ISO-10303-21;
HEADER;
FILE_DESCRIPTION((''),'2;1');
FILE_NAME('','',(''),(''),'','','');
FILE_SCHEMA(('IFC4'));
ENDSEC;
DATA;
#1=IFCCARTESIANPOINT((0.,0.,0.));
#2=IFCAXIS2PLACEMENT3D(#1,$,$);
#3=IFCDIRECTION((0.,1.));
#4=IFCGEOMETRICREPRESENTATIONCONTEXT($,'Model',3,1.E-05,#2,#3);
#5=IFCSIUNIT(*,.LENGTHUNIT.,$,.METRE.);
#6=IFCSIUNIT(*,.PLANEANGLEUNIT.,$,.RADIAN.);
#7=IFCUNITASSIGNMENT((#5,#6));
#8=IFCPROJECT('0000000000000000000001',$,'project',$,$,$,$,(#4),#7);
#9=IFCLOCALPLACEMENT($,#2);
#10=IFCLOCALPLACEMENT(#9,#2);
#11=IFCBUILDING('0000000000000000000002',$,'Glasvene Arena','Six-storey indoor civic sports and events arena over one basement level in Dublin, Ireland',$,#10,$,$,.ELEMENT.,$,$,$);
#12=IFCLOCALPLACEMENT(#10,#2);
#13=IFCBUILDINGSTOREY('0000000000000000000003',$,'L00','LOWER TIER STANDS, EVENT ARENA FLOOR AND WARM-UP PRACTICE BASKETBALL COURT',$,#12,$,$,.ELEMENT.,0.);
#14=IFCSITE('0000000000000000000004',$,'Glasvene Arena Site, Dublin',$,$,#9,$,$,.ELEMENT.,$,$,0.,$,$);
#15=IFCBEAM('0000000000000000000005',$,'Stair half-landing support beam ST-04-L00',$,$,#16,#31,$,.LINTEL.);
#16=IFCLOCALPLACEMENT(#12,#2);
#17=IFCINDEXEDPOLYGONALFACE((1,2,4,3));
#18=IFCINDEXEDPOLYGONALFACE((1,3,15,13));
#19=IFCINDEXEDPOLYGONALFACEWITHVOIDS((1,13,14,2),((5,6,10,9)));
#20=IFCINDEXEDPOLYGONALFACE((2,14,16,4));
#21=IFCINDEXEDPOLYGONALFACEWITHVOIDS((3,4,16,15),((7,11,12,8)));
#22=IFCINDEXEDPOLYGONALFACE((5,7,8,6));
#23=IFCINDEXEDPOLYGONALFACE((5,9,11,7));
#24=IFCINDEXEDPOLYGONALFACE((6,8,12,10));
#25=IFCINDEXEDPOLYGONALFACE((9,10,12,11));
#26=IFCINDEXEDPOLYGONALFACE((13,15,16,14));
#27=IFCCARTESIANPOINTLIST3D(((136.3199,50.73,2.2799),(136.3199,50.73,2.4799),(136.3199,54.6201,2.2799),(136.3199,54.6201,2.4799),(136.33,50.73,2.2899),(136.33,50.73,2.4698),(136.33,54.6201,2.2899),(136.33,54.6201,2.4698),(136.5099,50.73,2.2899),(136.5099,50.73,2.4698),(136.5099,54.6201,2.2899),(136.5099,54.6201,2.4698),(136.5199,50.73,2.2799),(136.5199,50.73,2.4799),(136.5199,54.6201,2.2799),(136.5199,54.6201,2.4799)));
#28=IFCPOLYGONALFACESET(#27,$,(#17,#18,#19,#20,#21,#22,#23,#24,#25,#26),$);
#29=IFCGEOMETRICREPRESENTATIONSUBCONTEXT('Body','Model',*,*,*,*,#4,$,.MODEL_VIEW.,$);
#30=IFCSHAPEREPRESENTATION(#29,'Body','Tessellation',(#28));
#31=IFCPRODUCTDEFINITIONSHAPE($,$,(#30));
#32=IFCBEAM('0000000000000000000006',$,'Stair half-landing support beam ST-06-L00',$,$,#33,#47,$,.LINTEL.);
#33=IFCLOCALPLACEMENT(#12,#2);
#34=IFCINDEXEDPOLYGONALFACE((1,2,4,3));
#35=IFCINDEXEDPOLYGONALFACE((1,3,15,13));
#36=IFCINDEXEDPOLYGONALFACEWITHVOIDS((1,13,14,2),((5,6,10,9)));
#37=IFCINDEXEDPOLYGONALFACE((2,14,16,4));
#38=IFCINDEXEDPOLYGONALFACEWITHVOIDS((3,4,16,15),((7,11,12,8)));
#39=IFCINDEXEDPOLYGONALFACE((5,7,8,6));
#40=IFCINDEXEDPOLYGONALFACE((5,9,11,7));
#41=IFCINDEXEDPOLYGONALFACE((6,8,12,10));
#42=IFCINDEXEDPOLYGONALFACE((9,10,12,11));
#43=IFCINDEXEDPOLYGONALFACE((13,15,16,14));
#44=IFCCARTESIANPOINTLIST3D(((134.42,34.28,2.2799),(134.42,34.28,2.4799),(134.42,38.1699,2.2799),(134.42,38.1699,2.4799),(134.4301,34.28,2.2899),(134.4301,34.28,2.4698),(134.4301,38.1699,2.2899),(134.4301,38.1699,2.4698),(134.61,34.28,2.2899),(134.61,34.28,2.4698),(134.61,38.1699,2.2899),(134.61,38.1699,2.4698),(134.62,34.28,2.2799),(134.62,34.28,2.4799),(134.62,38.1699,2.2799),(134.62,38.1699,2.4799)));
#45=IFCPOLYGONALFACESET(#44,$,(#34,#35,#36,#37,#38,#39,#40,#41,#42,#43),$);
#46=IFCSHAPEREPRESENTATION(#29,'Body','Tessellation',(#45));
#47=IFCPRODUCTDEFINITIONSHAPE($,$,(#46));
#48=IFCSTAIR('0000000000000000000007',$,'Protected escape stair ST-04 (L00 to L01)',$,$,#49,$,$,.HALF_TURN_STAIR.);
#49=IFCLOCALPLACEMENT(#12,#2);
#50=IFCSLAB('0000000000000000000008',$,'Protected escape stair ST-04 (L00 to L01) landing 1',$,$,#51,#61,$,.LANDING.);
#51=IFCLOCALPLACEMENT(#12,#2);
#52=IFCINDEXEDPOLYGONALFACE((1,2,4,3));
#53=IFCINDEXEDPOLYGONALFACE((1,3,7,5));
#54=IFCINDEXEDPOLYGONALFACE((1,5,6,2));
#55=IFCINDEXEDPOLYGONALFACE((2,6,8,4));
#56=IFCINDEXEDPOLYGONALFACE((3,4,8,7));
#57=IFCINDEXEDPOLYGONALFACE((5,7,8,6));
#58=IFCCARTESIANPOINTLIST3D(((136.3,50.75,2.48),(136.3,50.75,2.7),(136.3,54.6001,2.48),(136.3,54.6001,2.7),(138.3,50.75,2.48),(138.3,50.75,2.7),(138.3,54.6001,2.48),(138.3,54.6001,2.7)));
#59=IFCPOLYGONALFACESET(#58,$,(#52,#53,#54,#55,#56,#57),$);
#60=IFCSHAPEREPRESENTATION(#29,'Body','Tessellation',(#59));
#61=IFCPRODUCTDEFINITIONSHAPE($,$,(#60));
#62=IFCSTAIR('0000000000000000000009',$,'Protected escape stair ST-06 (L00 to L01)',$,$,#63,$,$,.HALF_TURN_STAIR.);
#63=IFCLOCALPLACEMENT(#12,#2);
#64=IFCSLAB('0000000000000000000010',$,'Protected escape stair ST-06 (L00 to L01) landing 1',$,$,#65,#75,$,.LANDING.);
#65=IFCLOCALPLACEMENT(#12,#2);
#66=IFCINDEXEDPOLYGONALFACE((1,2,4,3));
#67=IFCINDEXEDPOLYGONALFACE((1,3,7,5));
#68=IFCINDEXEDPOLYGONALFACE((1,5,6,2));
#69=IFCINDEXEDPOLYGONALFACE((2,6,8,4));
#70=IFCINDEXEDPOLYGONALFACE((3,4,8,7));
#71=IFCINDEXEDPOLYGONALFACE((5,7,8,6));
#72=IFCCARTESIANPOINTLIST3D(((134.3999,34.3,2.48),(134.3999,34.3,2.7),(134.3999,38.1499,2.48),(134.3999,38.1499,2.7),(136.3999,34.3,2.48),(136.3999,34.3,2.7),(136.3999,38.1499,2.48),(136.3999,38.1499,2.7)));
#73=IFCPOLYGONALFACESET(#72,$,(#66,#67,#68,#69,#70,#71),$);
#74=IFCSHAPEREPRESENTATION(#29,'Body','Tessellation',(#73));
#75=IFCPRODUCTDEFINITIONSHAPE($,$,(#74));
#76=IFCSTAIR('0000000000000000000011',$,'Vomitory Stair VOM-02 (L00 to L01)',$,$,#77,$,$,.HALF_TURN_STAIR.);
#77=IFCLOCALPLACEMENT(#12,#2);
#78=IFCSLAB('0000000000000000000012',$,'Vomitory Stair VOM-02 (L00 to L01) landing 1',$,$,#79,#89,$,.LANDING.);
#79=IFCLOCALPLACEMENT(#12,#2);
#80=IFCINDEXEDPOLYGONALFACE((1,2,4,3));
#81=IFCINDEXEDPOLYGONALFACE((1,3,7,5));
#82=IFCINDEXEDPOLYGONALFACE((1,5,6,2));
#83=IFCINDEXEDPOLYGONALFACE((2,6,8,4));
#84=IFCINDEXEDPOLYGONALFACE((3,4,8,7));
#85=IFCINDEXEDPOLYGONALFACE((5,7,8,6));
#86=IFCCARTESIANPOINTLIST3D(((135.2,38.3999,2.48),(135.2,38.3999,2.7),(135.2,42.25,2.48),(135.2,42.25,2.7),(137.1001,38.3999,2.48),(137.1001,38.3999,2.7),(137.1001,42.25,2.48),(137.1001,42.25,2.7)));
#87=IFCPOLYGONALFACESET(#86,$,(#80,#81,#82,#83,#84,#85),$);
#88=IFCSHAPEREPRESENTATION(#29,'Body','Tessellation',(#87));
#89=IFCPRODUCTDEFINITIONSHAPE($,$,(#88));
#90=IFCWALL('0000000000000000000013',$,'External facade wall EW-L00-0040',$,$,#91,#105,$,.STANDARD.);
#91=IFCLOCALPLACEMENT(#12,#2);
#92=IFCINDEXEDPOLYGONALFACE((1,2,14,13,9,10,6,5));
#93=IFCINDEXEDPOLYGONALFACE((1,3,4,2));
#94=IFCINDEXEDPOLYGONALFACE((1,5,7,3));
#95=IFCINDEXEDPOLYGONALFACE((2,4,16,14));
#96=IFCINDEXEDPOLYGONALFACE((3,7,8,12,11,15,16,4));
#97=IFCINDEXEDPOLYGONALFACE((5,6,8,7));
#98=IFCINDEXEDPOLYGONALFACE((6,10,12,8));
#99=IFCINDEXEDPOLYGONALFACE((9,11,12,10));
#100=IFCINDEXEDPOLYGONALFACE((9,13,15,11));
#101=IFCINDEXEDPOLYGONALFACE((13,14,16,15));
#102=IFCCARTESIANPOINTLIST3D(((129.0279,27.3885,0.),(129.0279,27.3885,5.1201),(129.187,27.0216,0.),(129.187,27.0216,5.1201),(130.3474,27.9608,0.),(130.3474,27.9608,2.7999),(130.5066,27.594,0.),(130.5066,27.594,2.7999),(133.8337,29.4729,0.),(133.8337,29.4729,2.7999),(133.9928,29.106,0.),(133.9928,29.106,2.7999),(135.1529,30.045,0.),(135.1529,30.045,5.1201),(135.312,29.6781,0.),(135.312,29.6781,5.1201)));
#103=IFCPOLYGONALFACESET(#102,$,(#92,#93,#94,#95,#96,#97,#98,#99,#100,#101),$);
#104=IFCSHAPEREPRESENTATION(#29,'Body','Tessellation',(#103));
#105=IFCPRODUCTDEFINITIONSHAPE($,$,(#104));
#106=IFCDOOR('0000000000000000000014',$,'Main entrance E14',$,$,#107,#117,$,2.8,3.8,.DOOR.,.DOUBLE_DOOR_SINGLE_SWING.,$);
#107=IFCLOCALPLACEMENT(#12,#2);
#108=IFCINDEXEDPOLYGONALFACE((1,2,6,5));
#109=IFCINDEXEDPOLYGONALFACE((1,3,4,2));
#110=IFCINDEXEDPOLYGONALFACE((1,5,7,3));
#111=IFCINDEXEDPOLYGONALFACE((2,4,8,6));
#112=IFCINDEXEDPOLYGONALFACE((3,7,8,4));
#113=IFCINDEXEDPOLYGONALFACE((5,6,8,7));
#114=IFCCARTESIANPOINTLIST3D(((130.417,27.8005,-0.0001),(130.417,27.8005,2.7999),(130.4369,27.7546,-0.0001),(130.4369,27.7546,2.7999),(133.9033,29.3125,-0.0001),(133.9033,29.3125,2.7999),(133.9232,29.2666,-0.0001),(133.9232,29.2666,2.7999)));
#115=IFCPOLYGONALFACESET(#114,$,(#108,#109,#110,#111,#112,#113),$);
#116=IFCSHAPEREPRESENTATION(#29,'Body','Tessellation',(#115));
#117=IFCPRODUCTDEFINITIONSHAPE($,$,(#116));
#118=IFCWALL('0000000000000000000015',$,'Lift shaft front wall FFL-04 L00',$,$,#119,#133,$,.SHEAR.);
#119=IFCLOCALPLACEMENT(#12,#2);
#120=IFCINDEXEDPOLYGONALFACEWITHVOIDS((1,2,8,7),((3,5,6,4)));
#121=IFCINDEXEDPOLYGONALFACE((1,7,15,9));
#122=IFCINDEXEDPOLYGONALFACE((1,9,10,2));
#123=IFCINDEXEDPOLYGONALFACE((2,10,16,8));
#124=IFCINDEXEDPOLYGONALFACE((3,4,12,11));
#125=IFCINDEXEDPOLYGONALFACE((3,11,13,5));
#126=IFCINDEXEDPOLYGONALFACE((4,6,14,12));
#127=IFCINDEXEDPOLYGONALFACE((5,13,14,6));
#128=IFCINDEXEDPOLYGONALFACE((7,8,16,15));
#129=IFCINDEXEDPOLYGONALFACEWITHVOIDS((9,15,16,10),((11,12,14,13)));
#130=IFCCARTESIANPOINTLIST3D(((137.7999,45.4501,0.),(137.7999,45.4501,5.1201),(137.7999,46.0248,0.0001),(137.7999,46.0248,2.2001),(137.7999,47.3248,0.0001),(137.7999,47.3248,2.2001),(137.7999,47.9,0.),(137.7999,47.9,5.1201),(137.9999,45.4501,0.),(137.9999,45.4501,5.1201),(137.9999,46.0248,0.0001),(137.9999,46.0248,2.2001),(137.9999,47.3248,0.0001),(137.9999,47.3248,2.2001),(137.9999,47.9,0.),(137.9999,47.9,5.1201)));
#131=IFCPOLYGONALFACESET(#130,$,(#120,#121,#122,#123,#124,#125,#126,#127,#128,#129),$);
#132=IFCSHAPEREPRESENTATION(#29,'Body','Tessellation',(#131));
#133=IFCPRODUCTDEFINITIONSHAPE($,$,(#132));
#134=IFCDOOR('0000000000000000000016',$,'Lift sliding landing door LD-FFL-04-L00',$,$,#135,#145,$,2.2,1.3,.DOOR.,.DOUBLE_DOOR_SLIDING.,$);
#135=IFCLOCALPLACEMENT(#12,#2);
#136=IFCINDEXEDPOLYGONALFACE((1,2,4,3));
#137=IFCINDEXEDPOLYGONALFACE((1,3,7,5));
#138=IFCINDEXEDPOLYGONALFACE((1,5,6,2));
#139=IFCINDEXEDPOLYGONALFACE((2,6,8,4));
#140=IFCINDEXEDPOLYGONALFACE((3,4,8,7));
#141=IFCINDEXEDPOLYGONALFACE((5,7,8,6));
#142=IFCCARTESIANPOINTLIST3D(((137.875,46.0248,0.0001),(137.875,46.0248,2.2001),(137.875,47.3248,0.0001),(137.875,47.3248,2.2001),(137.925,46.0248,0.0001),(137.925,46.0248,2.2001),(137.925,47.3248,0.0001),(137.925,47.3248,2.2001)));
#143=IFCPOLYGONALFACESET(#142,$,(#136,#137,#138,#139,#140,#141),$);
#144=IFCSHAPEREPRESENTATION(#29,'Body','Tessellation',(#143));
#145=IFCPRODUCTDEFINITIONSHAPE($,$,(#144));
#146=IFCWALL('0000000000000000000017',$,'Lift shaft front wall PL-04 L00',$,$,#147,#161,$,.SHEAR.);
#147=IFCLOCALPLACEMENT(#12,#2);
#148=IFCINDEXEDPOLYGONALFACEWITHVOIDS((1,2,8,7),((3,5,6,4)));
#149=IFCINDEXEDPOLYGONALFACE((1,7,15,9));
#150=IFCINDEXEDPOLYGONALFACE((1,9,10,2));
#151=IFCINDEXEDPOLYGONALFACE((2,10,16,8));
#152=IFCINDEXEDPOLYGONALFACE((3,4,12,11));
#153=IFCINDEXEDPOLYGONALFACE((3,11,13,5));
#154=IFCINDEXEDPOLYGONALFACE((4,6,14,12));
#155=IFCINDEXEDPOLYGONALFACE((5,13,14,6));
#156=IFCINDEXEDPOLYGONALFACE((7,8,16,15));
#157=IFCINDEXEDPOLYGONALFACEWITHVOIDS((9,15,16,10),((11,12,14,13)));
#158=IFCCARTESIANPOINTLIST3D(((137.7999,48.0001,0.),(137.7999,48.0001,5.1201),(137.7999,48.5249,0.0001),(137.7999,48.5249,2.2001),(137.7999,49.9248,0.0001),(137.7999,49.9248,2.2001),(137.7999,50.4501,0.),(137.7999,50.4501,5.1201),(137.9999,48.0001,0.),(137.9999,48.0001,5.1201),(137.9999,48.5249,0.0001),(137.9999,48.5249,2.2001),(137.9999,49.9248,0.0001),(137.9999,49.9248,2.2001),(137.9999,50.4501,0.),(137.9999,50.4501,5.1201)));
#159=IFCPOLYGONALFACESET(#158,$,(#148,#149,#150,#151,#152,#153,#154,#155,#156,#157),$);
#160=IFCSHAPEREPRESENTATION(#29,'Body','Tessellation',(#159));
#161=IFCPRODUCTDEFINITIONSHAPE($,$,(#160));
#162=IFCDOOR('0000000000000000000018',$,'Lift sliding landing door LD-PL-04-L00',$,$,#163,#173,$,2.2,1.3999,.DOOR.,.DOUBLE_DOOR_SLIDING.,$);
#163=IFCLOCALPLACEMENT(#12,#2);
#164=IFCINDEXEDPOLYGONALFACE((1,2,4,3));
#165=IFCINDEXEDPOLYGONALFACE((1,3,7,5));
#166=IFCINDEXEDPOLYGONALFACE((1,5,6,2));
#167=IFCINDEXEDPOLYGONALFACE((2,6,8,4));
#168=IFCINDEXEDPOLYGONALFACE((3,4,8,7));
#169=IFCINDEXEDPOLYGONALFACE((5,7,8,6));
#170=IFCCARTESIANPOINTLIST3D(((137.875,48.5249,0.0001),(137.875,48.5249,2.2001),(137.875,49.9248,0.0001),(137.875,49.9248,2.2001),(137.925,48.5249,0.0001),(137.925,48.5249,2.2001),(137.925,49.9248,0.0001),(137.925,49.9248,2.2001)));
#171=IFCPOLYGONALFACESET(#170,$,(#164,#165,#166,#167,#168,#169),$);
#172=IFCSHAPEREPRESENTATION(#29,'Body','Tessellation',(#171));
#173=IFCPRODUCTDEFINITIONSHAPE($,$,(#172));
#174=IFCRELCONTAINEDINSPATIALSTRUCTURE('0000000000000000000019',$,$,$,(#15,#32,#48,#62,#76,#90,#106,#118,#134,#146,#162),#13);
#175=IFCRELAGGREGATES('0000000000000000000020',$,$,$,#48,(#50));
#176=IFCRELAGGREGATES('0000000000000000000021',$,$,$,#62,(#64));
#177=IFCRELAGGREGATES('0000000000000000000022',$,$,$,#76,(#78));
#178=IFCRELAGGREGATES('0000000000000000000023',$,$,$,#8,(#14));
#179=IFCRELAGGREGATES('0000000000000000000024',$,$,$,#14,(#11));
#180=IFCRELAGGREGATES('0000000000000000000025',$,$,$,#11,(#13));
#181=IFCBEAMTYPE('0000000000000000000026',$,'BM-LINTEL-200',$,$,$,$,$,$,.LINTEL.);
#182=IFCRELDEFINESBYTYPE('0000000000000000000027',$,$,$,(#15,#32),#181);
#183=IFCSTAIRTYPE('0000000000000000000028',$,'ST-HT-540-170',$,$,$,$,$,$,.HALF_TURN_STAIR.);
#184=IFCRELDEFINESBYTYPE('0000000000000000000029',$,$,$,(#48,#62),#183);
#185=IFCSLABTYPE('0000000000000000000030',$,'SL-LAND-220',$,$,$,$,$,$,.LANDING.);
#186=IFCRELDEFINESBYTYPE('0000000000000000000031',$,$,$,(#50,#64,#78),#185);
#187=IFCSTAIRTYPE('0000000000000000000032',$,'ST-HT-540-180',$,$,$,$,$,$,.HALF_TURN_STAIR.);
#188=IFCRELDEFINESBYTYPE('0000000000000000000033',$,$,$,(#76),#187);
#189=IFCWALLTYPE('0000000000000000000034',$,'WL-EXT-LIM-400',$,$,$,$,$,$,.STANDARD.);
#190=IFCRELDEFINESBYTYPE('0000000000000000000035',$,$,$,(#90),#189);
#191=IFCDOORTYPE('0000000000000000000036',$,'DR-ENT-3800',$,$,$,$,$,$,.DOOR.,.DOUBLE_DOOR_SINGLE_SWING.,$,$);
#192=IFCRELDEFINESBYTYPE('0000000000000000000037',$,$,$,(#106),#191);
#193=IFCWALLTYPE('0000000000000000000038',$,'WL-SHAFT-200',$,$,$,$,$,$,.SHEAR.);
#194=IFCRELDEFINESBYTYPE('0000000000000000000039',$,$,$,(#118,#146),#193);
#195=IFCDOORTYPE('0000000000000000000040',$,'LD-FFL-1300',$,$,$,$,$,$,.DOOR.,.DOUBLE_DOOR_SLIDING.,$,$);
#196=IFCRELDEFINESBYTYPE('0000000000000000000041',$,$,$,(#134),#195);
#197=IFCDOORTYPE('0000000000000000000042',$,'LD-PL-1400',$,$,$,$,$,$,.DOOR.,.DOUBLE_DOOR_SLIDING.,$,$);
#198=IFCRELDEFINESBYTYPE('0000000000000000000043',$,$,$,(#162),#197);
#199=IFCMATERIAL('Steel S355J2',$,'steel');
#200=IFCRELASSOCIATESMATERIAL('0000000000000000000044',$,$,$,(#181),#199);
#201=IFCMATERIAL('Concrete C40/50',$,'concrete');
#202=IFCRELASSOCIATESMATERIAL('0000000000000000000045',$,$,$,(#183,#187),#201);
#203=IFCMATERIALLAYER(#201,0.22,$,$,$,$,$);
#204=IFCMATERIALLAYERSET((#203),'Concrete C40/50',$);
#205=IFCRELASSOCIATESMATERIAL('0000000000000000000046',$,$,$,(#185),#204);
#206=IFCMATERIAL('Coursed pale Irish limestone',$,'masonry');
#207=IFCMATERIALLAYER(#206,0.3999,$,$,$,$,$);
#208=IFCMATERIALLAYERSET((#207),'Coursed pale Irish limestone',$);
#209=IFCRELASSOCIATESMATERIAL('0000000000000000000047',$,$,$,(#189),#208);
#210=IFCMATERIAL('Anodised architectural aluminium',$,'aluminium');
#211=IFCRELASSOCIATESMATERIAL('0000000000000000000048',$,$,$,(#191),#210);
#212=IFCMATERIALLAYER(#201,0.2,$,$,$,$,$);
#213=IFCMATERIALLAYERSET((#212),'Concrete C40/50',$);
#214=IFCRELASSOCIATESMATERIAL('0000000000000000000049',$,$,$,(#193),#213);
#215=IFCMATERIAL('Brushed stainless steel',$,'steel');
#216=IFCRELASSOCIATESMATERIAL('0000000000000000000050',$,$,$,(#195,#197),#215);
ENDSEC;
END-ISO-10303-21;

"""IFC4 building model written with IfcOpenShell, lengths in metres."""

from ifc_helpers import new_model, si_unit, direction, frame, frame_2d, origin, origin_2d, place, context, subcontext, project, spatial, polyline, rectangle, hollow_rectangle, outline, extrude, material, layer, layer_set, material_profile, profile_set, type_object, element, fill, aggregate, save


model = new_model("IFC4")

# Units and contexts
model_context = context("Model", 3, precision=1e-05, world=origin(), true_north=direction((0.0, 1.0)))
body_context = subcontext(model_context, "Body", "Model", "MODEL_VIEW")
ifc_project = project(units=[si_unit("LENGTHUNIT", "METRE"), si_unit("PLANEANGLEUNIT", "RADIAN")], contexts=[model_context])

# Site, building, storey
site_placement = place(None, origin())
site = spatial("IfcSite", under=ifc_project, at=site_placement, Name="Glasvene Arena Site, Dublin", CompositionType="ELEMENT", RefElevation=0.0)
building_placement = place(site_placement, origin())
building = spatial("IfcBuilding", under=site, at=building_placement, Name="Glasvene Arena", Description="Six-storey indoor civic sports and events arena over one basement level in Dublin, Ireland", CompositionType="ELEMENT")
storey_placement = place(building_placement, origin())
storey = spatial("IfcBuildingStorey", under=building, at=storey_placement, Name="L00", Description="LOWER TIER STANDS, EVENT ARENA FLOOR AND WARM-UP PRACTICE BASKETBALL COURT", CompositionType="ELEMENT", Elevation=0.0)

# Shared definitions
ifc_material_1 = material(Name="Concrete C40/50", Category="concrete")
ifc_material_2 = material(Name="Steel S355J2", Category="steel")

# Beams
ifc_material_profile_1 = material_profile(ifc_material_2, hollow_rectangle(XDim=0.2, YDim=0.2, WallThickness=0.01, at=origin_2d()), Name="SHS 200x200x10.0")
ifc_profile_set_1 = profile_set([ifc_material_profile_1], Name="Steel S355J2")
beam_type_1 = type_object("IfcBeamType", Name="BM-LINTEL-200", PredefinedType="LINTEL", material=ifc_profile_set_1)
beam_1_placement = place(storey_placement, frame((136.4199, 50.73, 2.3799), z_axis=(0.0, 1.0, 0.0), x_axis=(-1.0, 0.0, 0.0)))
element("IfcBeam", 1, at=beam_1_placement, inside=storey, type_object=beam_type_1, Name="Stair half-landing support beam ST-04-L00", PredefinedType="LINTEL", context=body_context, shape_type="SweptSolid", body=[
    extrude(hollow_rectangle(XDim=0.2, YDim=0.2, WallThickness=0.01, at=origin_2d()), origin(), (0.0, 0.0, 1.0), 3.8901),
])
beam_2_placement = place(storey_placement, frame((134.52, 34.28, 2.3799), z_axis=(0.0, 1.0, 0.0), x_axis=(-1.0, 0.0, 0.0)))
element("IfcBeam", 2, at=beam_2_placement, inside=storey, type_object=beam_type_1, Name="Stair half-landing support beam ST-06-L00", PredefinedType="LINTEL", context=body_context, shape_type="SweptSolid", body=[
    extrude(hollow_rectangle(XDim=0.2, YDim=0.2, WallThickness=0.01, at=origin_2d()), origin(), (0.0, 0.0, 1.0), 3.8899),
])

# Stairs, slabs
stair_type_1 = type_object("IfcStairType", Name="ST-HT-540-170", PredefinedType="HALF_TURN_STAIR", material=ifc_material_1)
stair_1_placement = place(storey_placement, origin())
stair_1 = element("IfcStair", 3, at=stair_1_placement, inside=storey, type_object=stair_type_1, Name="Protected escape stair ST-04 (L00 to L01)", PredefinedType="HALF_TURN_STAIR")
ifc_layer_1 = layer(ifc_material_1, 0.22)
ifc_layer_set_1 = layer_set([ifc_layer_1], Name="Concrete C40/50")
slab_type_1 = type_object("IfcSlabType", Name="SL-LAND-220", PredefinedType="LANDING", material=ifc_layer_set_1)
slab_1_placement = place(storey_placement, frame((137.3, 52.675, 2.48)))
slab_1 = element("IfcSlab", 4, at=slab_1_placement, type_object=slab_type_1, Name="Protected escape stair ST-04 (L00 to L01) landing 1", PredefinedType="LANDING", context=body_context, shape_type="SweptSolid", body=[
    extrude(outline(polyline([(-1.0, -1.925), (1.0, -1.925), (1.0, 1.925), (-1.0, 1.925), (-1.0, -1.925)])), origin(), (0.0, 0.0, 1.0), 0.22),
])
stair_2_placement = place(storey_placement, origin())
stair_2 = element("IfcStair", 5, at=stair_2_placement, inside=storey, type_object=stair_type_1, Name="Protected escape stair ST-06 (L00 to L01)", PredefinedType="HALF_TURN_STAIR")
slab_2_placement = place(storey_placement, frame((135.3999, 36.2251, 2.48)))
slab_2 = element("IfcSlab", 6, at=slab_2_placement, type_object=slab_type_1, Name="Protected escape stair ST-06 (L00 to L01) landing 1", PredefinedType="LANDING", context=body_context, shape_type="SweptSolid", body=[
    extrude(outline(polyline([(-1.0, -1.925), (1.0, -1.925), (1.0, 1.9248), (-1.0, 1.9248), (-1.0, -1.925)])), origin(), (0.0, 0.0, 1.0), 0.22),
])
stair_type_2 = type_object("IfcStairType", Name="ST-HT-540-180", PredefinedType="HALF_TURN_STAIR", material=ifc_material_1)
stair_3_placement = place(storey_placement, origin())
stair_3 = element("IfcStair", 7, at=stair_3_placement, inside=storey, type_object=stair_type_2, Name="Vomitory Stair VOM-02 (L00 to L01)", PredefinedType="HALF_TURN_STAIR")
slab_3_placement = place(storey_placement, frame((136.1499, 40.325, 2.48)))
slab_3 = element("IfcSlab", 8, at=slab_3_placement, type_object=slab_type_1, Name="Vomitory Stair VOM-02 (L00 to L01) landing 1", PredefinedType="LANDING", context=body_context, shape_type="SweptSolid", body=[
    extrude(outline(polyline([(-0.95, -1.925), (0.9502, -1.925), (0.9502, 1.925), (-0.95, 1.925), (-0.95, -1.925)])), origin(), (0.0, 0.0, 1.0), 0.22),
])

# Walls, openings, doors
ifc_material_3 = material(Name="Coursed pale Irish limestone", Category="masonry")
ifc_layer_2 = layer(ifc_material_3, 0.3999)
ifc_layer_set_2 = layer_set([ifc_layer_2], Name="Coursed pale Irish limestone")
wall_type_1 = type_object("IfcWallType", Name="WL-EXT-LIM-400", PredefinedType="STANDARD", material=ifc_layer_set_2)
wall_1_placement = place(storey_placement, frame((135.2324, 29.8616, 0.0), z_axis=(0.0, 0.0, 1.0), x_axis=(-0.917428, -0.397901, 0.0)))
wall_1 = element("IfcWall", 9, at=wall_1_placement, inside=storey, type_object=wall_type_1, Name="External facade wall EW-L00-0040", PredefinedType="STANDARD", context=body_context, shape_type="SweptSolid", body=[
    extrude(rectangle(XDim=6.6763, YDim=0.3999, at=frame_2d((3.3381, 0.0))), origin(), (0.0, 0.0, 1.0), 5.1201),
])
opening_1_placement = place(wall_1_placement, frame((1.438, 0.0, 0.0)))
opening_1 = element("IfcOpeningElement", 10, at=opening_1_placement, cuts=wall_1, PredefinedType="OPENING", context=body_context, shape_type="SweptSolid", body=[
    extrude(rectangle(XDim=3.8, YDim=2.8, at=frame_2d((1.8999, 1.3999))), frame((0.0, 0.21, 0.0), z_axis=(0.0, -1.0, 0.0), x_axis=(1.0, 0.0, 0.0)), (0.0, 0.0, 1.0), 0.4199),
])
ifc_material_4 = material(Name="Anodised architectural aluminium", Category="aluminium")
door_type_1 = type_object("IfcDoorType", Name="DR-ENT-3800", OperationType="DOUBLE_DOOR_SINGLE_SWING", PredefinedType="DOOR", material=ifc_material_4)
door_1_placement = place(opening_1_placement, origin())
door_1 = element("IfcDoor", 11, at=door_1_placement, inside=storey, type_object=door_type_1, Name="Main entrance E14", OperationType="DOUBLE_DOOR_SINGLE_SWING", OverallHeight=2.8, OverallWidth=3.8, PredefinedType="DOOR", context=body_context, shape_type="SweptSolid", body=[
    extrude(rectangle(XDim=3.8, YDim=2.8, at=frame_2d((1.8999, 1.3999))), frame((0.0, 0.0249, 0.0), z_axis=(0.0, -1.0, 0.0), x_axis=(1.0, 0.0, 0.0)), (0.0, 0.0, 1.0), 0.05),
])
fill(opening_1, door_1)
ifc_layer_3 = layer(ifc_material_1, 0.2)
ifc_layer_set_3 = layer_set([ifc_layer_3], Name="Concrete C40/50")
wall_type_2 = type_object("IfcWallType", Name="WL-SHAFT-200", PredefinedType="SHEAR", material=ifc_layer_set_3)
wall_2_placement = place(storey_placement, frame((137.8999, 45.45, 0.0), z_axis=(0.0, 0.0, 1.0), x_axis=(0.0, 1.0, 0.0)))
wall_2 = element("IfcWall", 12, at=wall_2_placement, inside=storey, type_object=wall_type_2, Name="Lift shaft front wall FFL-04 L00", PredefinedType="SHEAR", context=body_context, shape_type="SweptSolid", body=[
    extrude(rectangle(XDim=2.45, YDim=0.2, at=frame_2d((1.2251, 0.0))), origin(), (0.0, 0.0, 1.0), 5.1201),
])
opening_2_placement = place(wall_2_placement, frame((0.575, 0.0, 0.0)))
opening_2 = element("IfcOpeningElement", 13, at=opening_2_placement, cuts=wall_2, PredefinedType="OPENING", context=body_context, shape_type="SweptSolid", body=[
    extrude(rectangle(XDim=1.3, YDim=2.2, at=frame_2d((0.6499, 1.1001))), frame((0.0, 0.1099, 0.0), z_axis=(0.0, -1.0, 0.0), x_axis=(1.0, 0.0, 0.0)), (0.0, 0.0, 1.0), 0.22),
])
ifc_material_5 = material(Name="Brushed stainless steel", Category="steel")
door_type_2 = type_object("IfcDoorType", Name="LD-FFL-1300", OperationType="DOUBLE_DOOR_SLIDING", PredefinedType="DOOR", material=ifc_material_5)
door_2_placement = place(opening_2_placement, origin())
door_2 = element("IfcDoor", 14, at=door_2_placement, inside=storey, type_object=door_type_2, Name="Lift sliding landing door LD-FFL-04-L00", OperationType="DOUBLE_DOOR_SLIDING", OverallHeight=2.2, OverallWidth=1.3, PredefinedType="DOOR", context=body_context, shape_type="SweptSolid", body=[
    extrude(rectangle(XDim=1.3, YDim=2.2, at=frame_2d((0.6499, 1.1001))), frame((0.0, 0.0249, 0.0), z_axis=(0.0, -1.0, 0.0), x_axis=(1.0, 0.0, 0.0)), (0.0, 0.0, 1.0), 0.05),
])
fill(opening_2, door_2)
wall_3_placement = place(storey_placement, frame((137.8999, 48.0, 0.0), z_axis=(0.0, 0.0, 1.0), x_axis=(0.0, 1.0, 0.0)))
wall_3 = element("IfcWall", 15, at=wall_3_placement, inside=storey, type_object=wall_type_2, Name="Lift shaft front wall PL-04 L00", PredefinedType="SHEAR", context=body_context, shape_type="SweptSolid", body=[
    extrude(rectangle(XDim=2.45, YDim=0.2, at=frame_2d((1.2251, 0.0))), origin(), (0.0, 0.0, 1.0), 5.1201),
])
opening_3_placement = place(wall_3_placement, frame((0.5249, 0.0, 0.0)))
opening_3 = element("IfcOpeningElement", 16, at=opening_3_placement, cuts=wall_3, PredefinedType="OPENING", context=body_context, shape_type="SweptSolid", body=[
    extrude(rectangle(XDim=1.3999, YDim=2.2, at=frame_2d((0.7, 1.1001))), frame((0.0, 0.1099, 0.0), z_axis=(0.0, -1.0, 0.0), x_axis=(1.0, 0.0, 0.0)), (0.0, 0.0, 1.0), 0.22),
])
door_type_3 = type_object("IfcDoorType", Name="LD-PL-1400", OperationType="DOUBLE_DOOR_SLIDING", PredefinedType="DOOR", material=ifc_material_5)
door_3_placement = place(opening_3_placement, origin())
door_3 = element("IfcDoor", 17, at=door_3_placement, inside=storey, type_object=door_type_3, Name="Lift sliding landing door LD-PL-04-L00", OperationType="DOUBLE_DOOR_SLIDING", OverallHeight=2.2, OverallWidth=1.3999, PredefinedType="DOOR", context=body_context, shape_type="SweptSolid", body=[
    extrude(rectangle(XDim=1.3999, YDim=2.2, at=frame_2d((0.7, 1.1001))), frame((0.0, 0.0249, 0.0), z_axis=(0.0, -1.0, 0.0), x_axis=(1.0, 0.0, 0.0)), (0.0, 0.0, 1.0), 0.05),
])
fill(opening_3, door_3)

aggregate(stair_1, [slab_1])
aggregate(stair_2, [slab_2])
aggregate(stair_3, [slab_3])

save(model, "model.ifc")
